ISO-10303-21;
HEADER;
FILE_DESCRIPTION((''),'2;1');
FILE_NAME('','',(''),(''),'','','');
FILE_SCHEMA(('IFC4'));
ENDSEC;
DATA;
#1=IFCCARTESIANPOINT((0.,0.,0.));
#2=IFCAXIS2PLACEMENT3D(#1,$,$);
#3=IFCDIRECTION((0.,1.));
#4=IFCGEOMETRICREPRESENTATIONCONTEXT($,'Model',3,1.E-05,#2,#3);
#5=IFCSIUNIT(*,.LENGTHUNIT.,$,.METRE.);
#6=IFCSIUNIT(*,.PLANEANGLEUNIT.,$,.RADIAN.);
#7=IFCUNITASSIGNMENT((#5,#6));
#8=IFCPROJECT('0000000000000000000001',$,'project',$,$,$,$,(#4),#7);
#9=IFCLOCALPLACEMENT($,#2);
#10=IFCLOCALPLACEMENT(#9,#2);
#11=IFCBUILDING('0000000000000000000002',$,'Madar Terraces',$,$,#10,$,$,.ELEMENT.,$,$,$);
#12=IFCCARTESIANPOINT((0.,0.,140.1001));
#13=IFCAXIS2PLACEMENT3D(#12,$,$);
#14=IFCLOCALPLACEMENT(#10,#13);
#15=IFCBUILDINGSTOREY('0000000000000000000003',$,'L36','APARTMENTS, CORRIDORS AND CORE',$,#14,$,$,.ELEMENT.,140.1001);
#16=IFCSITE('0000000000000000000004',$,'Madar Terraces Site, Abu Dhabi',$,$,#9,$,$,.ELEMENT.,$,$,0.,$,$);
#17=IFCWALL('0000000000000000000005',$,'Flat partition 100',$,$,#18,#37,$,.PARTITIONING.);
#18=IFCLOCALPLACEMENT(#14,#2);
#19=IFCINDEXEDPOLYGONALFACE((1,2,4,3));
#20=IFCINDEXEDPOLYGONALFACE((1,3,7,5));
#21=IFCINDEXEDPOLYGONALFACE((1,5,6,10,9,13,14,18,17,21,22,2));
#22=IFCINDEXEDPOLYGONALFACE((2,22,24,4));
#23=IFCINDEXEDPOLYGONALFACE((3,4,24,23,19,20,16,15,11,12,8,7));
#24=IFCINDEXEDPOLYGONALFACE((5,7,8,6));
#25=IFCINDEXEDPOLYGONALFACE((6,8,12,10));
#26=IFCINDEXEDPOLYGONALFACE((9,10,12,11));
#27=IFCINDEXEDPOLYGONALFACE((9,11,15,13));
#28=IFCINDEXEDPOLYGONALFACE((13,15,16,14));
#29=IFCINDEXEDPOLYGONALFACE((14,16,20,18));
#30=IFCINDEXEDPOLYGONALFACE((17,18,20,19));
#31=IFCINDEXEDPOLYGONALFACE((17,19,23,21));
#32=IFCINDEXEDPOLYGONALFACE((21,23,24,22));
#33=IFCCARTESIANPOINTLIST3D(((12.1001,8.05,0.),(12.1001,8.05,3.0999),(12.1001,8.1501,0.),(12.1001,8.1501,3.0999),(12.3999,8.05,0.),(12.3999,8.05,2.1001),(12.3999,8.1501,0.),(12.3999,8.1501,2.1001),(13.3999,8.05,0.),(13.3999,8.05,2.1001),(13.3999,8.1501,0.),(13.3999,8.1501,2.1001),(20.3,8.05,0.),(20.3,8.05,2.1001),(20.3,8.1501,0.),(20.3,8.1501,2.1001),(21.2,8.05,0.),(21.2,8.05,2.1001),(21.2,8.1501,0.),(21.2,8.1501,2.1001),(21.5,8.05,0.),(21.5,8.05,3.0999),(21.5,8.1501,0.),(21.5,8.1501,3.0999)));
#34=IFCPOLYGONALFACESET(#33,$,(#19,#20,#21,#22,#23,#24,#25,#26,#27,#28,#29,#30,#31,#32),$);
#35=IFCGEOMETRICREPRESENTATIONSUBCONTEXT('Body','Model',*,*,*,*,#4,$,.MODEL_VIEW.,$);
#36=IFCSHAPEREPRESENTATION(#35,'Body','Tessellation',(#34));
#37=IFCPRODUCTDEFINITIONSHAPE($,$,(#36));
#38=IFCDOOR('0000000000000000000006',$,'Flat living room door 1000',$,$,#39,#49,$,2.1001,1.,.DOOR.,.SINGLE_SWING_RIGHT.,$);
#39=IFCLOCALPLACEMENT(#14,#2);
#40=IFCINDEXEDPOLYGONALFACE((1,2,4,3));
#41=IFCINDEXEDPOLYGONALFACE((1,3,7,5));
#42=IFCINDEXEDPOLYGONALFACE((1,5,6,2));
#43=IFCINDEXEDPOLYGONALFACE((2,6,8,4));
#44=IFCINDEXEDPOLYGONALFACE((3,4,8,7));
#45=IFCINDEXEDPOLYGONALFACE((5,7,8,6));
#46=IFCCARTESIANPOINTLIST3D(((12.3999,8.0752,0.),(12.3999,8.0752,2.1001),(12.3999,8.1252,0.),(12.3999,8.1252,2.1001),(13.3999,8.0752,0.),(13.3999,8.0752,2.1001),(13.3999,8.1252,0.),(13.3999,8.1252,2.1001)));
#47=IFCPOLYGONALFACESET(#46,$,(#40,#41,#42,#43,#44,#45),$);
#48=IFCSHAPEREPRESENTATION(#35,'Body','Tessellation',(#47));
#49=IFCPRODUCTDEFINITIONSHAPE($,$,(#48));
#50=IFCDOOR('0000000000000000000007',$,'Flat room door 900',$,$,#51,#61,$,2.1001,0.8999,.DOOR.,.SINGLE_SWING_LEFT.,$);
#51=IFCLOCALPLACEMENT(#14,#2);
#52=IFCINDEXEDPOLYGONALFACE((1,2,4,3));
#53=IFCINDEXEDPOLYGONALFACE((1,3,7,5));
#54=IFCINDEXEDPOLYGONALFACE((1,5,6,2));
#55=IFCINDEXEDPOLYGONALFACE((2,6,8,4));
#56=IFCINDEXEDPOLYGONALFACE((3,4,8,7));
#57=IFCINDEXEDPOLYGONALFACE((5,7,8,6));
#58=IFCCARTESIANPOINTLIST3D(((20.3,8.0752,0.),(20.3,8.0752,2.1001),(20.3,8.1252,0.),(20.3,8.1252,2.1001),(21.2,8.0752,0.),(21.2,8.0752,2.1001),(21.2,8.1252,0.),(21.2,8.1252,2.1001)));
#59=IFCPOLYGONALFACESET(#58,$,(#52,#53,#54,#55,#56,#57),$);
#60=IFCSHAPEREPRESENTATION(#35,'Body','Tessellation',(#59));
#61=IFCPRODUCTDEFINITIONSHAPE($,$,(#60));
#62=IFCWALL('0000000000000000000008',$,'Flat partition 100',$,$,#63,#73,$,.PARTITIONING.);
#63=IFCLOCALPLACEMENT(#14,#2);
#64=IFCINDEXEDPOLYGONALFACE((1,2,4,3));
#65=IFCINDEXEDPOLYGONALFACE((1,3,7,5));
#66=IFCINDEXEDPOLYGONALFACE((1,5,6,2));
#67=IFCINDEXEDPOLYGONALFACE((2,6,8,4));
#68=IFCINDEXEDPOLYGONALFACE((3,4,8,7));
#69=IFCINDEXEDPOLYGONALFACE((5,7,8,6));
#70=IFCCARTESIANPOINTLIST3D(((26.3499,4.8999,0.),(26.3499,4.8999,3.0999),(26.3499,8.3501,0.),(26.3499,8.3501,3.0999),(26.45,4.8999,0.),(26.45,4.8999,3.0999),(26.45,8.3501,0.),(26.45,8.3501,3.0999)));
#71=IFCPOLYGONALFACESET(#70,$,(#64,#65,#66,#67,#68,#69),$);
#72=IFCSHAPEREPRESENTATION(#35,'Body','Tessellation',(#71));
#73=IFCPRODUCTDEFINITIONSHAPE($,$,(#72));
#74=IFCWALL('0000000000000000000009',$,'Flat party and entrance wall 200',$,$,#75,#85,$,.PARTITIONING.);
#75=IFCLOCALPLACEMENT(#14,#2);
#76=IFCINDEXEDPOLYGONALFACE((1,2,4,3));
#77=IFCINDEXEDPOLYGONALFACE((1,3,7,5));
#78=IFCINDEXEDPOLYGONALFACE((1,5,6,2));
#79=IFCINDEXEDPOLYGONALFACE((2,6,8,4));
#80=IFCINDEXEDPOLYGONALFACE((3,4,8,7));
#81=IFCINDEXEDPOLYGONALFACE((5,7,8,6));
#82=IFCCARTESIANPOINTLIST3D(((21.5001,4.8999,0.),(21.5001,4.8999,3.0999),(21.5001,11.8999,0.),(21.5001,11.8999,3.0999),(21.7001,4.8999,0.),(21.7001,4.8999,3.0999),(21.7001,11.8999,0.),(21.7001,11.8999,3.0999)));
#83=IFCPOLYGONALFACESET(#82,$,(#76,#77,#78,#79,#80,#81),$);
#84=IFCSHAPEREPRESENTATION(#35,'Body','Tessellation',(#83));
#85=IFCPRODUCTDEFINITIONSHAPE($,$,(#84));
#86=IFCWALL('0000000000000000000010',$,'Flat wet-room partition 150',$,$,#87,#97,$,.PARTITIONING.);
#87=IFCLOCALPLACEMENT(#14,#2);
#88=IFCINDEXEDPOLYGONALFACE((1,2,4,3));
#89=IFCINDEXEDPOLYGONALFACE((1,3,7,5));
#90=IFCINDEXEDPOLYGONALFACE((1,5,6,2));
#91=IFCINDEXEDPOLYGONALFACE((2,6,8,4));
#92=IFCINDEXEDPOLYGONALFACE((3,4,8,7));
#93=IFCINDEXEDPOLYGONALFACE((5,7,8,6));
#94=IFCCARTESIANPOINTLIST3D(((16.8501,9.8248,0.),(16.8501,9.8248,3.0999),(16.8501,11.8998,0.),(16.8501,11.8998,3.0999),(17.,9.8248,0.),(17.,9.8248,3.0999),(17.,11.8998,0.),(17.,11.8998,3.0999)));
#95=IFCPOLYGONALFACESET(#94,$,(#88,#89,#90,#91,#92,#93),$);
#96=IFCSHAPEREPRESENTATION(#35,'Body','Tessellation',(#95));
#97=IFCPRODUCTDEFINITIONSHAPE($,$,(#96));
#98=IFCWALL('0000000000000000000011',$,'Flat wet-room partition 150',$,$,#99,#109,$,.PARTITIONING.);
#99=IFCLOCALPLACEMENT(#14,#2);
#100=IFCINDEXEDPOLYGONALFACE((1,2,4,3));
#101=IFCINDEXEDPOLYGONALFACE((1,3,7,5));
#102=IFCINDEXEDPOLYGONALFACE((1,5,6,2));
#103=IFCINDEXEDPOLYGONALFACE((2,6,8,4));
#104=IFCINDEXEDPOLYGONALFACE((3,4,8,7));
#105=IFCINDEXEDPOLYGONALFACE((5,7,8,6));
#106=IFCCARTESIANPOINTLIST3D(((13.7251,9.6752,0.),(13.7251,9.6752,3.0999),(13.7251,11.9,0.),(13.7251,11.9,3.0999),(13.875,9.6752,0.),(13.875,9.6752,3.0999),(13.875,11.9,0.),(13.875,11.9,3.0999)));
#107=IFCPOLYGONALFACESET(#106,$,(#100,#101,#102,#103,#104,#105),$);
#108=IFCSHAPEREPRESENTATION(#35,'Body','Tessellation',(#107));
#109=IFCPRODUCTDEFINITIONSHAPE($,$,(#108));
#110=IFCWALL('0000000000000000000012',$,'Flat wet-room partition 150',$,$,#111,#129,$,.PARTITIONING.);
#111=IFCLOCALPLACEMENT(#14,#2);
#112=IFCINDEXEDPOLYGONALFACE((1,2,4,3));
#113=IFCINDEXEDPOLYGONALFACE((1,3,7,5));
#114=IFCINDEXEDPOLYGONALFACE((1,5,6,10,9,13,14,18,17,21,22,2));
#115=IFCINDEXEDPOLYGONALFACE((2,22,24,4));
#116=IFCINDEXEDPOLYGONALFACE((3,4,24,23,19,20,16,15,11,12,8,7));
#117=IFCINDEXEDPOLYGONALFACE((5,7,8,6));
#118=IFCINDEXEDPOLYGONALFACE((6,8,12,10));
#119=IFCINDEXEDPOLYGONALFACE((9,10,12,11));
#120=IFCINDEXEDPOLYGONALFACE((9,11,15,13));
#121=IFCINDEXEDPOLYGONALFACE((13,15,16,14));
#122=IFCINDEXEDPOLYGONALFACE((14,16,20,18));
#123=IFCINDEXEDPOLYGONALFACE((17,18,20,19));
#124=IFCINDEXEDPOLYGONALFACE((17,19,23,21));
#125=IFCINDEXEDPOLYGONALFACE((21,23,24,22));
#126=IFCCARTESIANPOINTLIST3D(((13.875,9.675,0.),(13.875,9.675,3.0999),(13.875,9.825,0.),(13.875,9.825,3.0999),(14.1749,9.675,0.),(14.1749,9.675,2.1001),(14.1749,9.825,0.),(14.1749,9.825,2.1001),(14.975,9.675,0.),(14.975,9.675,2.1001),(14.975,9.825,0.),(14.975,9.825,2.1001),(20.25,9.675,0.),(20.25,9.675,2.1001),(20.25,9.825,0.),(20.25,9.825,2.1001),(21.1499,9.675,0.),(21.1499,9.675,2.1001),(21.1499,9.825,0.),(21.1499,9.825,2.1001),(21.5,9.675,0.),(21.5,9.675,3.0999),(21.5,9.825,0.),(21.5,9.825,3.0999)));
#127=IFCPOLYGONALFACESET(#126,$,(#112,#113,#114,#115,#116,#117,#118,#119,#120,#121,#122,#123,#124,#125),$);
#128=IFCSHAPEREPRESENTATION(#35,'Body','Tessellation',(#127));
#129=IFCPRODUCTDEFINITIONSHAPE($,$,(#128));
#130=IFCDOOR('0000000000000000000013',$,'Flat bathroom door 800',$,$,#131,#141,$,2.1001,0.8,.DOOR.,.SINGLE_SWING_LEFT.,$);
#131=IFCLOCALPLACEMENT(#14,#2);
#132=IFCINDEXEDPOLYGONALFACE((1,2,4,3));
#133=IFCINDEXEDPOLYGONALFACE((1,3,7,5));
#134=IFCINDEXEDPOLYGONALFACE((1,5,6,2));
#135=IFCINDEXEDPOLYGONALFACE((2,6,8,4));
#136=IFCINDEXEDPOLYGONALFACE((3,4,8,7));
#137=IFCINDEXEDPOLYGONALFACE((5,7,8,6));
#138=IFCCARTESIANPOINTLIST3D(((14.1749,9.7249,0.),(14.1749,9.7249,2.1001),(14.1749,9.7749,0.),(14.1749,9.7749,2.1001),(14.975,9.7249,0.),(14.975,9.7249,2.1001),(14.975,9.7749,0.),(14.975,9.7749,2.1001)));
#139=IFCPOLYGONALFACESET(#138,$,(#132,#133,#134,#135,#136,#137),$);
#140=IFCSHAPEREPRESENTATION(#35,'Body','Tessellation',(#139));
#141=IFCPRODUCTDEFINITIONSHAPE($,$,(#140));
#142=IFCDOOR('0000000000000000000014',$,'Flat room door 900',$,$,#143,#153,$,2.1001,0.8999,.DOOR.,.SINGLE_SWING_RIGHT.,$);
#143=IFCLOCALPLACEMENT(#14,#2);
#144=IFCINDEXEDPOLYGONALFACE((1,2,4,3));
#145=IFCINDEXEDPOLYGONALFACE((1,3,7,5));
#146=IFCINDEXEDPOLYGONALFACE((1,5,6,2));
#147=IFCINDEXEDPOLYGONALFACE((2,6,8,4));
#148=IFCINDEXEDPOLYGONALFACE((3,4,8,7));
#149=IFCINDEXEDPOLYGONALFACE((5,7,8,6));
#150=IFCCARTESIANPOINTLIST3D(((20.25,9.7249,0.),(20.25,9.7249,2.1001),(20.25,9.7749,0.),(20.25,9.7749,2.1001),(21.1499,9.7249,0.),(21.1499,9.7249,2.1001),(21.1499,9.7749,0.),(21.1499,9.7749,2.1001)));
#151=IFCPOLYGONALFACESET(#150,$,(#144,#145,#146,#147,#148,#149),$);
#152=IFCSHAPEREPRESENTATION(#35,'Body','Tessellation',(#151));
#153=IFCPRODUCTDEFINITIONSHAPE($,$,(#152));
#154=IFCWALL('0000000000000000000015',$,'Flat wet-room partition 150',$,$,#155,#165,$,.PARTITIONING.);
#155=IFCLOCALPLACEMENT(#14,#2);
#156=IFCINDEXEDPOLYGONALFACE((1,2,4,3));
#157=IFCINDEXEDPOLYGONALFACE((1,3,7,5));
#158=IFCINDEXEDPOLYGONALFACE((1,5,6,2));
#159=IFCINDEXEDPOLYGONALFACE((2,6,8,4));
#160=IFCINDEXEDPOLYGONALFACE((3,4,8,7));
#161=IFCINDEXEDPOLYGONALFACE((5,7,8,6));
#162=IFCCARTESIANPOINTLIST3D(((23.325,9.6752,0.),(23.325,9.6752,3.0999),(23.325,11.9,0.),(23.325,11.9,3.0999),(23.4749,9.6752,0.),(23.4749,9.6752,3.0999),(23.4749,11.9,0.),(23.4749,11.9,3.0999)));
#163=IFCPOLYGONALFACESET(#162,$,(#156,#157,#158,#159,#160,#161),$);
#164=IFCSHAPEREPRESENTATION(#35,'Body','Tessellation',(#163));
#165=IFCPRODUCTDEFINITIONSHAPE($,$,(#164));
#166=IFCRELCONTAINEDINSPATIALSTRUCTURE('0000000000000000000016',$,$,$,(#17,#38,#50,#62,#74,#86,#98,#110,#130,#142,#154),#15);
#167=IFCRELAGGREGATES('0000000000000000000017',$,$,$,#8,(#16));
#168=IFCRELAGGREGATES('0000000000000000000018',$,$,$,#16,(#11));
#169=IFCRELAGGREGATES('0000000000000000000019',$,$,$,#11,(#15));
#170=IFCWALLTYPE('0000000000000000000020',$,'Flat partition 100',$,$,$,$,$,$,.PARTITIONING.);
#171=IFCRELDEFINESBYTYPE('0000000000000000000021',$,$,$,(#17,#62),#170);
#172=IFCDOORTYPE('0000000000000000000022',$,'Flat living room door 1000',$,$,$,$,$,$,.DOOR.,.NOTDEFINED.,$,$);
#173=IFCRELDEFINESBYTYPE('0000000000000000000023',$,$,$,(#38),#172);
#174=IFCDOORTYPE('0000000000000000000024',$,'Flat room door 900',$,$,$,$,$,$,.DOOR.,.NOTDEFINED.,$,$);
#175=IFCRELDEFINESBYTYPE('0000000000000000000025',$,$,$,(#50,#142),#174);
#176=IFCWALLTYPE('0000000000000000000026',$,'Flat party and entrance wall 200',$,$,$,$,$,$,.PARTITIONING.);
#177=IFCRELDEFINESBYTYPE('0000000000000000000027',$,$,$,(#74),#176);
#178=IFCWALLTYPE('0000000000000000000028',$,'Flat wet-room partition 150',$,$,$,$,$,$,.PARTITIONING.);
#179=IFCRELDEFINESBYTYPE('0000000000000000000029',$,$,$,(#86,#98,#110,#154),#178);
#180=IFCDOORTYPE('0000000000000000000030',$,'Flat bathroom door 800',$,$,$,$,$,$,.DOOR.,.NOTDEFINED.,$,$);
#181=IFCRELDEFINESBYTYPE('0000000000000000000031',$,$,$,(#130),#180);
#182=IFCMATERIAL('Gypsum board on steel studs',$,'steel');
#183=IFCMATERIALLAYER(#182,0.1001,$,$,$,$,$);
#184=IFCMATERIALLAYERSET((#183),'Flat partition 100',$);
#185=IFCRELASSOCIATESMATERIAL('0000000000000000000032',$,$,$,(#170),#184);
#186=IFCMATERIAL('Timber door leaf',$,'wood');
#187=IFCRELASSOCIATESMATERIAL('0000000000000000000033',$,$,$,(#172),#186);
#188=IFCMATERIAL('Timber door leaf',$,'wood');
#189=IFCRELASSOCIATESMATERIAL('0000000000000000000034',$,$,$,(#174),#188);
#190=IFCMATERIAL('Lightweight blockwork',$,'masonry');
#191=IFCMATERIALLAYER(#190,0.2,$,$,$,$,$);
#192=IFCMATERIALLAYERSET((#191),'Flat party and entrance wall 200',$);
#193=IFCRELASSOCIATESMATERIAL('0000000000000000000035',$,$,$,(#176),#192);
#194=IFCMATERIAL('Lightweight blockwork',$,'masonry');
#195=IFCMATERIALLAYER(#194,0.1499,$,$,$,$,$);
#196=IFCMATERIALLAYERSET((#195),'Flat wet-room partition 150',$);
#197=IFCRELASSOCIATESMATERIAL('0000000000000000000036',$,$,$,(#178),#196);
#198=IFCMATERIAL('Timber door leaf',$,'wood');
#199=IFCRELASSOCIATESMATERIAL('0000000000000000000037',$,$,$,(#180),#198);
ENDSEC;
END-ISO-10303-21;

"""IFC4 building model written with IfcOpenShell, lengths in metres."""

from ifc_helpers import new_model, si_unit, direction, frame, frame_2d, origin, place, context, subcontext, project, spatial, rectangle, extrude, material, layer, layer_set, type_object, element, fill, save


model = new_model("IFC4")

# Units and contexts
model_context = context("Model", 3, precision=1e-05, world=origin(), true_north=direction((0.0, 1.0)))
body_context = subcontext(model_context, "Body", "Model", "MODEL_VIEW")
ifc_project = project(units=[si_unit("LENGTHUNIT", "METRE"), si_unit("PLANEANGLEUNIT", "RADIAN")], contexts=[model_context])

# Site, building, storey
site_placement = place(None, origin())
site = spatial("IfcSite", under=ifc_project, at=site_placement, Name="Madar Terraces Site, Abu Dhabi", CompositionType="ELEMENT", RefElevation=0.0)
building_placement = place(site_placement, origin())
building = spatial("IfcBuilding", under=site, at=building_placement, Name="Madar Terraces", CompositionType="ELEMENT")
storey_placement = place(building_placement, frame((0.0, 0.0, 140.1001)))
storey = spatial("IfcBuildingStorey", under=building, at=storey_placement, Name="L36", Description="APARTMENTS, CORRIDORS AND CORE", CompositionType="ELEMENT", Elevation=140.1001)

# Shared definitions
ifc_material_1 = material(Name="Gypsum board on steel studs", Category="steel")
ifc_layer_1 = layer(ifc_material_1, 0.1001)
ifc_layer_set_1 = layer_set([ifc_layer_1], Name="Flat partition 100")
wall_type_1 = type_object("IfcWallType", Name="Flat partition 100", PredefinedType="PARTITIONING", material=ifc_layer_set_1)

# Wall, openings, doors
wall_1_placement = place(storey_placement, frame((21.5, 8.1001, 0.0), z_axis=(0.0, 0.0, 1.0), x_axis=(-1.0, 0.0, 0.0)))
wall_1 = element("IfcWall", 1, at=wall_1_placement, inside=storey, type_object=wall_type_1, Name="Flat partition 100", PredefinedType="PARTITIONING", context=body_context, shape_type="SweptSolid", body=[
    extrude(rectangle(XDim=9.3999, YDim=0.1001, at=frame_2d((4.7, 0.0))), origin(), (0.0, 0.0, 1.0), 3.0999),
])
opening_1_placement = place(wall_1_placement, frame((8.1001, 0.0, 0.0)))
opening_1 = element("IfcOpeningElement", 2, at=opening_1_placement, cuts=wall_1, PredefinedType="OPENING", context=body_context, shape_type="SweptSolid", body=[
    extrude(rectangle(XDim=1.0, YDim=2.1001, at=frame_2d((0.5, 1.05))), frame((0.0, 0.0601, 0.0), z_axis=(0.0, -1.0, 0.0), x_axis=(1.0, 0.0, 0.0)), (0.0, 0.0, 1.0), 0.1201),
])
opening_2_placement = place(wall_1_placement, frame((0.3, 0.0, 0.0)))
opening_2 = element("IfcOpeningElement", 3, at=opening_2_placement, cuts=wall_1, PredefinedType="OPENING", context=body_context, shape_type="SweptSolid", body=[
    extrude(rectangle(XDim=0.8999, YDim=2.1001, at=frame_2d((0.45, 1.05))), frame((0.0, 0.0601, 0.0), z_axis=(0.0, -1.0, 0.0), x_axis=(1.0, 0.0, 0.0)), (0.0, 0.0, 1.0), 0.1201),
])
ifc_material_2 = material(Name="Timber door leaf", Category="wood")
door_type_1 = type_object("IfcDoorType", Name="Flat living room door 1000", OperationType="NOTDEFINED", PredefinedType="DOOR", material=ifc_material_2)
door_1_placement = place(opening_1_placement, origin())
door_1 = element("IfcDoor", 4, at=door_1_placement, inside=storey, type_object=door_type_1, Name="Flat living room door 1000", OperationType="SINGLE_SWING_RIGHT", OverallHeight=2.1001, OverallWidth=1.0, PredefinedType="DOOR", context=body_context, shape_type="SweptSolid", body=[
    extrude(rectangle(XDim=1.0, YDim=2.1001, at=frame_2d((0.5, 1.05))), frame((0.0, 0.0249, 0.0), z_axis=(0.0, -1.0, 0.0), x_axis=(1.0, 0.0, 0.0)), (0.0, 0.0, 1.0), 0.05),
])
fill(opening_1, door_1)
ifc_material_3 = material(Name="Timber door leaf", Category="wood")
door_type_2 = type_object("IfcDoorType", Name="Flat room door 900", OperationType="NOTDEFINED", PredefinedType="DOOR", material=ifc_material_3)
door_2_placement = place(opening_2_placement, origin())
door_2 = element("IfcDoor", 5, at=door_2_placement, inside=storey, type_object=door_type_2, Name="Flat room door 900", OperationType="SINGLE_SWING_LEFT", OverallHeight=2.1001, OverallWidth=0.8999, PredefinedType="DOOR", context=body_context, shape_type="SweptSolid", body=[
    extrude(rectangle(XDim=0.8999, YDim=2.1001, at=frame_2d((0.45, 1.05))), frame((0.0, 0.0249, 0.0), z_axis=(0.0, -1.0, 0.0), x_axis=(1.0, 0.0, 0.0)), (0.0, 0.0, 1.0), 0.05),
])
fill(opening_2, door_2)

# Walls
wall_2_placement = place(storey_placement, frame((26.3999, 8.3501, 0.0), z_axis=(0.0, 0.0, 1.0), x_axis=(0.0, -1.0, 0.0)))
element("IfcWall", 6, at=wall_2_placement, inside=storey, type_object=wall_type_1, Name="Flat partition 100", PredefinedType="PARTITIONING", context=body_context, shape_type="SweptSolid", body=[
    extrude(rectangle(XDim=3.4502, YDim=0.1001, at=frame_2d((1.7251, 0.0))), origin(), (0.0, 0.0, 1.0), 3.0999),
])
ifc_material_4 = material(Name="Lightweight blockwork", Category="masonry")
ifc_layer_2 = layer(ifc_material_4, 0.2)
ifc_layer_set_2 = layer_set([ifc_layer_2], Name="Flat party and entrance wall 200")
wall_type_2 = type_object("IfcWallType", Name="Flat party and entrance wall 200", PredefinedType="PARTITIONING", material=ifc_layer_set_2)
wall_3_placement = place(storey_placement, frame((21.6001, 11.8999, 0.0), z_axis=(0.0, 0.0, 1.0), x_axis=(0.0, -1.0, 0.0)))
element("IfcWall", 7, at=wall_3_placement, inside=storey, type_object=wall_type_2, Name="Flat party and entrance wall 200", PredefinedType="PARTITIONING", context=body_context, shape_type="SweptSolid", body=[
    extrude(rectangle(XDim=7.0, YDim=0.2, at=frame_2d((3.5, 0.0))), origin(), (0.0, 0.0, 1.0), 3.0999),
])
ifc_material_5 = material(Name="Lightweight blockwork", Category="masonry")
ifc_layer_3 = layer(ifc_material_5, 0.1499)
ifc_layer_set_3 = layer_set([ifc_layer_3], Name="Flat wet-room partition 150")
wall_type_3 = type_object("IfcWallType", Name="Flat wet-room partition 150", PredefinedType="PARTITIONING", material=ifc_layer_set_3)
wall_4_placement = place(storey_placement, frame((16.925, 11.8999, 0.0), z_axis=(0.0, 0.0, 1.0), x_axis=(0.0, -1.0, 0.0)))
element("IfcWall", 8, at=wall_4_placement, inside=storey, type_object=wall_type_3, Name="Flat wet-room partition 150", PredefinedType="PARTITIONING", context=body_context, shape_type="SweptSolid", body=[
    extrude(rectangle(XDim=2.075, YDim=0.1499, at=frame_2d((1.0376, 0.0))), origin(), (0.0, 0.0, 1.0), 3.0999),
])
wall_5_placement = place(storey_placement, frame((13.8, 11.8999, 0.0), z_axis=(0.0, 0.0, 1.0), x_axis=(0.0, -1.0, 0.0)))
element("IfcWall", 9, at=wall_5_placement, inside=storey, type_object=wall_type_3, Name="Flat wet-room partition 150", PredefinedType="PARTITIONING", context=body_context, shape_type="SweptSolid", body=[
    extrude(rectangle(XDim=2.2249, YDim=0.1499, at=frame_2d((1.1123, 0.0))), origin(), (0.0, 0.0, 1.0), 3.0999),
])

# Wall, openings, doors
wall_6_placement = place(storey_placement, frame((13.875, 9.75, 0.0), z_axis=(0.0, 0.0, 1.0), x_axis=(1.0, 0.0, 0.0)))
wall_6 = element("IfcWall", 10, at=wall_6_placement, inside=storey, type_object=wall_type_3, Name="Flat wet-room partition 150", PredefinedType="PARTITIONING", context=body_context, shape_type="SweptSolid", body=[
    extrude(rectangle(XDim=7.625, YDim=0.1499, at=frame_2d((3.8125, 0.0))), origin(), (0.0, 0.0, 1.0), 3.0999),
])
opening_3_placement = place(wall_6_placement, frame((0.3, 0.0, 0.0)))
opening_3 = element("IfcOpeningElement", 11, at=opening_3_placement, cuts=wall_6, PredefinedType="OPENING", context=body_context, shape_type="SweptSolid", body=[
    extrude(rectangle(XDim=0.8, YDim=2.1001, at=frame_2d((0.3999, 1.05))), frame((0.0, 0.085, 0.0), z_axis=(0.0, -1.0, 0.0), x_axis=(1.0, 0.0, 0.0)), (0.0, 0.0, 1.0), 0.1699),
])
opening_4_placement = place(wall_6_placement, frame((6.375, 0.0, 0.0)))
opening_4 = element("IfcOpeningElement", 12, at=opening_4_placement, cuts=wall_6, PredefinedType="OPENING", context=body_context, shape_type="SweptSolid", body=[
    extrude(rectangle(XDim=0.8999, YDim=2.1001, at=frame_2d((0.45, 1.05))), frame((0.0, 0.085, 0.0), z_axis=(0.0, -1.0, 0.0), x_axis=(1.0, 0.0, 0.0)), (0.0, 0.0, 1.0), 0.1699),
])
ifc_material_6 = material(Name="Timber door leaf", Category="wood")
door_type_3 = type_object("IfcDoorType", Name="Flat bathroom door 800", OperationType="NOTDEFINED", PredefinedType="DOOR", material=ifc_material_6)
door_3_placement = place(opening_3_placement, origin())
door_3 = element("IfcDoor", 13, at=door_3_placement, inside=storey, type_object=door_type_3, Name="Flat bathroom door 800", OperationType="SINGLE_SWING_LEFT", OverallHeight=2.1001, OverallWidth=0.8, PredefinedType="DOOR", context=body_context, shape_type="SweptSolid", body=[
    extrude(rectangle(XDim=0.8, YDim=2.1001, at=frame_2d((0.3999, 1.05))), frame((0.0, 0.0249, 0.0), z_axis=(0.0, -1.0, 0.0), x_axis=(1.0, 0.0, 0.0)), (0.0, 0.0, 1.0), 0.05),
])
fill(opening_3, door_3)
door_4_placement = place(opening_4_placement, origin())
door_4 = element("IfcDoor", 14, at=door_4_placement, inside=storey, type_object=door_type_2, Name="Flat room door 900", OperationType="SINGLE_SWING_RIGHT", OverallHeight=2.1001, OverallWidth=0.8999, PredefinedType="DOOR", context=body_context, shape_type="SweptSolid", body=[
    extrude(rectangle(XDim=0.8999, YDim=2.1001, at=frame_2d((0.45, 1.05))), frame((0.0, 0.0249, 0.0), z_axis=(0.0, -1.0, 0.0), x_axis=(1.0, 0.0, 0.0)), (0.0, 0.0, 1.0), 0.05),
])
fill(opening_4, door_4)

# Wall
wall_7_placement = place(storey_placement, frame((23.3999, 11.8999, 0.0), z_axis=(0.0, 0.0, 1.0), x_axis=(0.0, -1.0, 0.0)))
element("IfcWall", 15, at=wall_7_placement, inside=storey, type_object=wall_type_3, Name="Flat wet-room partition 150", PredefinedType="PARTITIONING", context=body_context, shape_type="SweptSolid", body=[
    extrude(rectangle(XDim=2.2249, YDim=0.1499, at=frame_2d((1.1123, 0.0))), origin(), (0.0, 0.0, 1.0), 3.0999),
])

save(model, "model.ifc")
